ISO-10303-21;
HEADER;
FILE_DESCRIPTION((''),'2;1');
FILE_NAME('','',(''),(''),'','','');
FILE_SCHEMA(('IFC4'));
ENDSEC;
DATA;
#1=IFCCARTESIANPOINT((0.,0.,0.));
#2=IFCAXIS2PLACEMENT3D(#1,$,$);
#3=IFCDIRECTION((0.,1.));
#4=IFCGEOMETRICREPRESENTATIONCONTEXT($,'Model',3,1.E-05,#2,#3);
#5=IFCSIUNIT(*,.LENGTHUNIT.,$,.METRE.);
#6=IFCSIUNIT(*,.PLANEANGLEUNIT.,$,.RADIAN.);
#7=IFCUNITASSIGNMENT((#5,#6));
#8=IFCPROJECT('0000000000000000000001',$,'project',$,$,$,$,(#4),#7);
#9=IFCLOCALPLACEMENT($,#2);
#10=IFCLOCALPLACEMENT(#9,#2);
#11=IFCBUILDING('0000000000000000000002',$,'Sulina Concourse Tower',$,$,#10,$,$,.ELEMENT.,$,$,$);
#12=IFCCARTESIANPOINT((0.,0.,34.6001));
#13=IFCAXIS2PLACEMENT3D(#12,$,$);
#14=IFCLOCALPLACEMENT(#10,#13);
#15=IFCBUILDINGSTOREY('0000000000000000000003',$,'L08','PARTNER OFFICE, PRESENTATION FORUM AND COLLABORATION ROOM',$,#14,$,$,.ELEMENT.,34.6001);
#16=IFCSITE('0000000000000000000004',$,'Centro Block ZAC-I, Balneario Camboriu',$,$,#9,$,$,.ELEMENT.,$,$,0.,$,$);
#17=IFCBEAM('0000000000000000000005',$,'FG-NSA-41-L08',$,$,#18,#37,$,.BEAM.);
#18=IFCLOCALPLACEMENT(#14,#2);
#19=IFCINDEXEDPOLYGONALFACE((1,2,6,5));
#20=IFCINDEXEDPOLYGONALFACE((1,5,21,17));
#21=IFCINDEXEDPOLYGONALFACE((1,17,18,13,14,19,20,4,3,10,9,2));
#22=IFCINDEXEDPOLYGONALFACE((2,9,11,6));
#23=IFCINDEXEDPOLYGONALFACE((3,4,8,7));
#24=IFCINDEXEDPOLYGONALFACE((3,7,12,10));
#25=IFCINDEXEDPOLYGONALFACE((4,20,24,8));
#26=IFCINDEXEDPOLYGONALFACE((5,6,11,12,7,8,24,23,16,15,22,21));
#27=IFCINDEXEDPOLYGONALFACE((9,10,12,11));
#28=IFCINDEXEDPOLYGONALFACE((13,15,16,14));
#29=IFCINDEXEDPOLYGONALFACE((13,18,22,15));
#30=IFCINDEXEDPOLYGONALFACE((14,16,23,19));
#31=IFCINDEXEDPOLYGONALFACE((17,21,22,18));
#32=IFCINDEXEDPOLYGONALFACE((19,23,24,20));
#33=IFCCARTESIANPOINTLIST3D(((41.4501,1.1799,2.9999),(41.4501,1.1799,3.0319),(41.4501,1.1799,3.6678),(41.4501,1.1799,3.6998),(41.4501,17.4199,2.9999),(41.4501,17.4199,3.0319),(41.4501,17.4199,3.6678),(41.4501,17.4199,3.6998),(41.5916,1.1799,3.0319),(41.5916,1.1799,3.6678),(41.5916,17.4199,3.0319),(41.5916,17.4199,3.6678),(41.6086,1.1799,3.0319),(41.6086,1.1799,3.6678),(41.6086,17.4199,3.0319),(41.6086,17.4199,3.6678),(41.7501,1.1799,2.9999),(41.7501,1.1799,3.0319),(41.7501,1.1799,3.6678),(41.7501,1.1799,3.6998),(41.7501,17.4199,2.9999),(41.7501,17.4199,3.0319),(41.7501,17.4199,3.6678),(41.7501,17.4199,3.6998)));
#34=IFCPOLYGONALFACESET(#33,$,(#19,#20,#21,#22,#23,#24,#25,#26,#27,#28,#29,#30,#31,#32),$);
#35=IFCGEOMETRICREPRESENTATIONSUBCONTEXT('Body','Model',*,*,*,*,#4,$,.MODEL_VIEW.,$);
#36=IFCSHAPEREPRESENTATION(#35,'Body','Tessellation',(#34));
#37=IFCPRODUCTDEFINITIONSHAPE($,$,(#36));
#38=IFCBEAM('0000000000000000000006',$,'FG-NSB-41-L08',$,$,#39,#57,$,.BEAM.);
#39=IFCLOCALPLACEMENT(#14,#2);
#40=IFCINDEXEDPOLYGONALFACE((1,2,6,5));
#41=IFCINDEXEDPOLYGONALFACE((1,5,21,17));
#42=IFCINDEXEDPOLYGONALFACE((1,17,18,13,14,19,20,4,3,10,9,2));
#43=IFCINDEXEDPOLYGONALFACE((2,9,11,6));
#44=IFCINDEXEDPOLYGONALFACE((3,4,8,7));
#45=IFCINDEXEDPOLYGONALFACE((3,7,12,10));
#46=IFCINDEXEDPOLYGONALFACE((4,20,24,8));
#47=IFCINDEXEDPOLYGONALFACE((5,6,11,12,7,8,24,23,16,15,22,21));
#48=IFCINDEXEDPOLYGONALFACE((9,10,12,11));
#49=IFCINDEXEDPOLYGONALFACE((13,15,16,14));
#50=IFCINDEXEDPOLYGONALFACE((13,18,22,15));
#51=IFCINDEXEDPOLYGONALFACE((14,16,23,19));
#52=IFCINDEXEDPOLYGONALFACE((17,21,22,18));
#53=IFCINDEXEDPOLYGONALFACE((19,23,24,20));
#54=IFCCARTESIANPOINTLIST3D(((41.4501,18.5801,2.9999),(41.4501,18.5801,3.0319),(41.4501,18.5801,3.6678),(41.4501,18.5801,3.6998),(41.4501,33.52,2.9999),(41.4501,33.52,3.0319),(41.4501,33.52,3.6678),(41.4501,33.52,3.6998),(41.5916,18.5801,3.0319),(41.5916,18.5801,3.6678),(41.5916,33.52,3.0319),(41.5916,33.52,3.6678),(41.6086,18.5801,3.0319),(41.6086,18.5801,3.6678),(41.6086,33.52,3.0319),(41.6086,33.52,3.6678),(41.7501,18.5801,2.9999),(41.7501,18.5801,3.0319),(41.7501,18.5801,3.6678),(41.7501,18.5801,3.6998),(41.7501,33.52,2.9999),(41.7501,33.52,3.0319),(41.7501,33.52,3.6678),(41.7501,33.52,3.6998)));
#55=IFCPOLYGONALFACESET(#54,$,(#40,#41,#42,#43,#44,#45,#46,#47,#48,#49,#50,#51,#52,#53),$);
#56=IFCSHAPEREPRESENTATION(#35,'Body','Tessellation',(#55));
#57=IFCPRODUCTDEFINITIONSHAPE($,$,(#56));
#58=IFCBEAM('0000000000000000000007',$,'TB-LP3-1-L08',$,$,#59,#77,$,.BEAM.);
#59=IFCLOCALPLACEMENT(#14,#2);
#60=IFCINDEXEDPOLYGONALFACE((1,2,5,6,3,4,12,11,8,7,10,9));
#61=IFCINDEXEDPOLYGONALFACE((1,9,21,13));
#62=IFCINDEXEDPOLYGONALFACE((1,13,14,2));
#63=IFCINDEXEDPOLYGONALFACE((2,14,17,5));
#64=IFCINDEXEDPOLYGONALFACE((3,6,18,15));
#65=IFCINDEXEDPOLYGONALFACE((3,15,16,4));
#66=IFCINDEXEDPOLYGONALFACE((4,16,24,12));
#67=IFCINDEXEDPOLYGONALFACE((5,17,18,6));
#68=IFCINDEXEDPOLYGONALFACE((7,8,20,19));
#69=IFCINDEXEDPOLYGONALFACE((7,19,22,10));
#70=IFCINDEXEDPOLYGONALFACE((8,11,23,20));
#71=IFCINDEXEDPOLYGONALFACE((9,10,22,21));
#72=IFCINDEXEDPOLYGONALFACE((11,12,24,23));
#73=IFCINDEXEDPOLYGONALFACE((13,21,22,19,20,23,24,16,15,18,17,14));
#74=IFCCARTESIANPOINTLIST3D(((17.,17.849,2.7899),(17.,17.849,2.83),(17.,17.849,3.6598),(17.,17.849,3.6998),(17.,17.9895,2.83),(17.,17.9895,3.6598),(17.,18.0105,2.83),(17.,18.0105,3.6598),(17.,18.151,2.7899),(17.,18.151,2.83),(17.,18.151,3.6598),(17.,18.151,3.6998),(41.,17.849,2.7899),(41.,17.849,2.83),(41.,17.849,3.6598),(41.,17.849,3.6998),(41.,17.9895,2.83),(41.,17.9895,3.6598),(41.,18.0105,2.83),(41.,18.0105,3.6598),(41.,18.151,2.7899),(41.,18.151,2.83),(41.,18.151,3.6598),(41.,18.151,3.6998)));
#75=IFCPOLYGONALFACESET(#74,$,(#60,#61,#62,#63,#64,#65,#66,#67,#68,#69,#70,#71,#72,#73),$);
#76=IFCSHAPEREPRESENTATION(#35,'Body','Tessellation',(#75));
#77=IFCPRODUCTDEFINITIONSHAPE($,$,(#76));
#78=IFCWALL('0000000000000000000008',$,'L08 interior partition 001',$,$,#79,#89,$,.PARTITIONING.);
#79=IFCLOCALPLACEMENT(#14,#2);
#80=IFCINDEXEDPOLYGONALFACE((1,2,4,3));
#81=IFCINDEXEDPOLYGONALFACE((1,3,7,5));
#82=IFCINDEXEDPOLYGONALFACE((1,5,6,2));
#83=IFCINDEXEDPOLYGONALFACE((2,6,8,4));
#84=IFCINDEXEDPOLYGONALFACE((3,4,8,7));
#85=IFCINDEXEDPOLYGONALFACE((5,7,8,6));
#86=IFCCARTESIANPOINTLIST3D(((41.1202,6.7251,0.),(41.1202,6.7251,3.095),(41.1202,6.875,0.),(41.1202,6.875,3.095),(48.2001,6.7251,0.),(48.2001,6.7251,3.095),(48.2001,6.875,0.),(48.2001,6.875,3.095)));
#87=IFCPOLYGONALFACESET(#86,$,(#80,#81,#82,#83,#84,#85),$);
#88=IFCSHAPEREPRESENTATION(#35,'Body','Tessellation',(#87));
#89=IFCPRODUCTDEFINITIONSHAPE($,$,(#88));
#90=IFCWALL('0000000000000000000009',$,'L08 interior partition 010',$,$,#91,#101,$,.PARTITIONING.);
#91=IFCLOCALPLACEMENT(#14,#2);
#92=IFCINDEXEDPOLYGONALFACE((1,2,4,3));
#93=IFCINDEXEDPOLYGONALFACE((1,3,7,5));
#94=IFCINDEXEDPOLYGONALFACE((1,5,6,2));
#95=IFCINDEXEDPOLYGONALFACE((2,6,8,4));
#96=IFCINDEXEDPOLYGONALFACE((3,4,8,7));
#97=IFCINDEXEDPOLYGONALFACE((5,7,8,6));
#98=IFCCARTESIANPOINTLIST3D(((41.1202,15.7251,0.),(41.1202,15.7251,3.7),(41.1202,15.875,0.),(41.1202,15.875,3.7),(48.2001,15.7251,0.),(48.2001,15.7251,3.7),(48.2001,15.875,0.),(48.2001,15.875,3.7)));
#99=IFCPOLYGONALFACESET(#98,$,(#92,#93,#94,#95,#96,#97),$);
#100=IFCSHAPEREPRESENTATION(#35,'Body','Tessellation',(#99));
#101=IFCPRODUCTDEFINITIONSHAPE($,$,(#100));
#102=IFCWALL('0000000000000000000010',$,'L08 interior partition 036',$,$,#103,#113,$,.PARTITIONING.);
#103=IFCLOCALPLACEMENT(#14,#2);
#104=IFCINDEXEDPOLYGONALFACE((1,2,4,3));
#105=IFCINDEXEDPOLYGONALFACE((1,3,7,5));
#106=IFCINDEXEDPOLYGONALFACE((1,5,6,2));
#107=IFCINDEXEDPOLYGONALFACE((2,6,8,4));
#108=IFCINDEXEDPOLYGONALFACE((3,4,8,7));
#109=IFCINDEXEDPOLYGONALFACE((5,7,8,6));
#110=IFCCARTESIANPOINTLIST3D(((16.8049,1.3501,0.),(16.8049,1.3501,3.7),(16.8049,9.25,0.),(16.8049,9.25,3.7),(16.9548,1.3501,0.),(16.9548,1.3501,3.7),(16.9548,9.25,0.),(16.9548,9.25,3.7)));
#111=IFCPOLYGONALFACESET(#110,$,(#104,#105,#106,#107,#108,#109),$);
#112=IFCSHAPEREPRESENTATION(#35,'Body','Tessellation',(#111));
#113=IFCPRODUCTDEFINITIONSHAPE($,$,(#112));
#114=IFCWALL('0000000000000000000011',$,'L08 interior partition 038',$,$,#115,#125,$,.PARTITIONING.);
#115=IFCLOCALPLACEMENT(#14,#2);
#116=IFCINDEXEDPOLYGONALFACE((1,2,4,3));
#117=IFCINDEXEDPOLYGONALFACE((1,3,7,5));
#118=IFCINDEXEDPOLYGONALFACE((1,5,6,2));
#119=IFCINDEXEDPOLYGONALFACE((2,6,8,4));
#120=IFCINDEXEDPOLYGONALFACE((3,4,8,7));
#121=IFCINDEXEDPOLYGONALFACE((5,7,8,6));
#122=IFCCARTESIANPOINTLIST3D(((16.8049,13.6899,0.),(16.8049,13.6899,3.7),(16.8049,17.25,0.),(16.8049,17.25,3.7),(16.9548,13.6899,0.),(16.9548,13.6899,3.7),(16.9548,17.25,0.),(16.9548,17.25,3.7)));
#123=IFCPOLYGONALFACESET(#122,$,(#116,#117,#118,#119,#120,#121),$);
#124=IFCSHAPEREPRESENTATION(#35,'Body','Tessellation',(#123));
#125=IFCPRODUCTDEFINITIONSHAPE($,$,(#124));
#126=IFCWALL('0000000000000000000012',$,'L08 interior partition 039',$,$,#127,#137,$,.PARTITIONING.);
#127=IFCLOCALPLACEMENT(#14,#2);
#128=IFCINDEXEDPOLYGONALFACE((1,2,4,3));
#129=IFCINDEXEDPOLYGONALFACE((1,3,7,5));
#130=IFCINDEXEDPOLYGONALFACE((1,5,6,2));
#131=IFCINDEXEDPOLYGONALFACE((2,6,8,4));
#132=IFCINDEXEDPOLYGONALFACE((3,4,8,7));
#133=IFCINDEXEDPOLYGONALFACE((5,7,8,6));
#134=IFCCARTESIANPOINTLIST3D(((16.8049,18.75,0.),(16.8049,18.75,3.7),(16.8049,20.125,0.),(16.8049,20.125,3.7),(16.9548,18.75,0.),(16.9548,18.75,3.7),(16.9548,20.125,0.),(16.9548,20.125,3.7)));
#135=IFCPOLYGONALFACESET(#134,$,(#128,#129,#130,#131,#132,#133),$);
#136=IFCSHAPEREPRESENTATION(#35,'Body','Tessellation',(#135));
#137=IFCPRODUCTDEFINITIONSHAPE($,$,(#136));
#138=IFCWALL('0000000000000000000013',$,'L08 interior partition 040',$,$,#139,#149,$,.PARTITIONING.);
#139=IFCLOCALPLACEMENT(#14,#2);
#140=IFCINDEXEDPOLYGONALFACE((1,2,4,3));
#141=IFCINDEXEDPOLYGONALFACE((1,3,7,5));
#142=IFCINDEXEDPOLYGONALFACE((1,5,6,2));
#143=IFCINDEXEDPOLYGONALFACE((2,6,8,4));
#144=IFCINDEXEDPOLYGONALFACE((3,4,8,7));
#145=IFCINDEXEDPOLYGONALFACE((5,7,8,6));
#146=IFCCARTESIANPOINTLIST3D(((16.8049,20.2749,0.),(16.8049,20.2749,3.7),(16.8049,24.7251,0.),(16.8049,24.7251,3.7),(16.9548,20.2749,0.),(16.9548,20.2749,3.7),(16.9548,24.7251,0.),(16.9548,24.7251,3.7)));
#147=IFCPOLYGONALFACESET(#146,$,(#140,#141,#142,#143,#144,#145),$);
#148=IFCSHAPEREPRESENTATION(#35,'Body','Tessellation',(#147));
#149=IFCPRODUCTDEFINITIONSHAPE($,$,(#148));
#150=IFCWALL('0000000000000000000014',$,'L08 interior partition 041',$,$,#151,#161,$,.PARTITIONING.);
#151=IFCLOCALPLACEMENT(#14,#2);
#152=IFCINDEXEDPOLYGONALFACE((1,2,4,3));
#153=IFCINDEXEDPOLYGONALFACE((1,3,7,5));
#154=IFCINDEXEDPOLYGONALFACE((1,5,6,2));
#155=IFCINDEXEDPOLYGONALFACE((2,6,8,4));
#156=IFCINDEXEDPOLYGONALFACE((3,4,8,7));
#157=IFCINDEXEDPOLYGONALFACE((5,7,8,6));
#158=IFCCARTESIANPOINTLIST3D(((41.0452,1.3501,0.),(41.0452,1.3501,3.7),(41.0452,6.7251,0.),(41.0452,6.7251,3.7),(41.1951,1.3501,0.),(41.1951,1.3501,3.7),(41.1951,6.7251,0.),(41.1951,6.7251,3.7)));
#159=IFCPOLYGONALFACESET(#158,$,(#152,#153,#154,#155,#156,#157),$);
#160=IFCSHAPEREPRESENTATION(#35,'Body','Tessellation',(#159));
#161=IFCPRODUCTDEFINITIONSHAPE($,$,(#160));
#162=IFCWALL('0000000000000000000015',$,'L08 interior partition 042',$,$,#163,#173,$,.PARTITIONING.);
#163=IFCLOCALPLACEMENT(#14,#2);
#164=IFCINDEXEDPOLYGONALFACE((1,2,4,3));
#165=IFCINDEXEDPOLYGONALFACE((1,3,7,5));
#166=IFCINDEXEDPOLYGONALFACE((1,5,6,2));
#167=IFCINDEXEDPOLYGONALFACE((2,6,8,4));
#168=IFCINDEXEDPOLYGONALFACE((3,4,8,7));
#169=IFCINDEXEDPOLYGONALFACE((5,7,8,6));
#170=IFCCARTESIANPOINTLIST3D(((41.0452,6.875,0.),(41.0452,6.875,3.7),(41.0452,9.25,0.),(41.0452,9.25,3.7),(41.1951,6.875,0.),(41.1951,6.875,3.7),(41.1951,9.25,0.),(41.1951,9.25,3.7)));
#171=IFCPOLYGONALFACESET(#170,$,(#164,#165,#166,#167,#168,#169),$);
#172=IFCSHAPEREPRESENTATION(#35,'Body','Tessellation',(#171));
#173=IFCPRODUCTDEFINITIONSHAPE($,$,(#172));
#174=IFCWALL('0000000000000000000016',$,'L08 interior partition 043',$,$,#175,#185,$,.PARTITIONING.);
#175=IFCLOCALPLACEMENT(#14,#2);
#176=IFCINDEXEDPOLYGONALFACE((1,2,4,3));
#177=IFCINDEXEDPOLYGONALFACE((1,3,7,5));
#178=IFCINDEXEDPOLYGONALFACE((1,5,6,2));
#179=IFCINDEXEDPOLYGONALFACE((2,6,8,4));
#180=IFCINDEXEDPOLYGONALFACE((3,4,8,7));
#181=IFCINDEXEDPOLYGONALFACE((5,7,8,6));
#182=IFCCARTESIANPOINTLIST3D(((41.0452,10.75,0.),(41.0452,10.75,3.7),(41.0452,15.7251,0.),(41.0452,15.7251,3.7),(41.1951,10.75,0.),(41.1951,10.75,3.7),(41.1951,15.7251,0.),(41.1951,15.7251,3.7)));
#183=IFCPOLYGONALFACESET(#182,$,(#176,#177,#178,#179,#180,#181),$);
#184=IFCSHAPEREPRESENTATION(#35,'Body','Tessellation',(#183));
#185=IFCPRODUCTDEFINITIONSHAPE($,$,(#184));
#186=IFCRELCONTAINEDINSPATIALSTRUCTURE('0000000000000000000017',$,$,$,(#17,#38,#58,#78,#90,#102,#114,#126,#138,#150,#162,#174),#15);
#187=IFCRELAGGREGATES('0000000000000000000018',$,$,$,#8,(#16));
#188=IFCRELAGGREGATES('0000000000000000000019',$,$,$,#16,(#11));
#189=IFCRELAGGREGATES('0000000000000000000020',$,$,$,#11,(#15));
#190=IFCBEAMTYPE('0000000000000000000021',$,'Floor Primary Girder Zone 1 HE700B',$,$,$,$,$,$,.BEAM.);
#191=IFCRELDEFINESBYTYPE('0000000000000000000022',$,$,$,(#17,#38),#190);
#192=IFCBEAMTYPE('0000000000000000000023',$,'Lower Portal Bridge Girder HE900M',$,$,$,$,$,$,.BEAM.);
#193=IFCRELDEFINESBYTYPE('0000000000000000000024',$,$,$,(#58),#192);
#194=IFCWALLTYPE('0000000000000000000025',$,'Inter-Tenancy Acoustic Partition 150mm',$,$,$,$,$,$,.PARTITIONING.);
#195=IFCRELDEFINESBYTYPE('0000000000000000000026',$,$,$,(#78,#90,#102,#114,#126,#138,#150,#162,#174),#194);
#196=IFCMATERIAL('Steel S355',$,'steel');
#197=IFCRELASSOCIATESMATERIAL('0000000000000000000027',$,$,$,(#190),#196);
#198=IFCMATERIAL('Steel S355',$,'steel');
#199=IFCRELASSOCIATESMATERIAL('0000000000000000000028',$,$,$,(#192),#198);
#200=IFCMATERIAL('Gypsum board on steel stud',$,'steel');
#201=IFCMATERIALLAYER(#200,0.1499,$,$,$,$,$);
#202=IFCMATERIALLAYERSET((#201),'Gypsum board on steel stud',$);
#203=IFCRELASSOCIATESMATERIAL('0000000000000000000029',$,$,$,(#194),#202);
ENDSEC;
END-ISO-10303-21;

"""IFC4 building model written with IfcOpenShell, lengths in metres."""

from ifc_helpers import new_model, si_unit, direction, frame, frame_2d, origin, origin_2d, place, context, subcontext, project, spatial, rectangle, i_section, extrude, material, layer, layer_set, material_profile, profile_set, type_object, element, save


model = new_model("IFC4")

# Units and contexts
model_context = context("Model", 3, precision=1e-05, world=origin(), true_north=direction((0.0, 1.0)))
body_context = subcontext(model_context, "Body", "Model", "MODEL_VIEW")
ifc_project = project(units=[si_unit("LENGTHUNIT", "METRE"), si_unit("PLANEANGLEUNIT", "RADIAN")], contexts=[model_context])

# Site, building, storey
site_placement = place(None, origin())
site = spatial("IfcSite", under=ifc_project, at=site_placement, Name="Centro Block ZAC-I, Balneario Camboriu", CompositionType="ELEMENT", RefElevation=0.0)
building_placement = place(site_placement, origin())
building = spatial("IfcBuilding", under=site, at=building_placement, Name="Sulina Concourse Tower", CompositionType="ELEMENT")
storey_placement = place(building_placement, frame((0.0, 0.0, 34.6001)))
storey = spatial("IfcBuildingStorey", under=building, at=storey_placement, Name="L08", Description="PARTNER OFFICE, PRESENTATION FORUM AND COLLABORATION ROOM", CompositionType="ELEMENT", Elevation=34.6001)

# Beams
ifc_material_1 = material(Name="Steel S355", Category="steel")
ifc_material_profile_1 = material_profile(ifc_material_1, i_section(OverallWidth=0.3, OverallDepth=0.7, WebThickness=0.0171, FlangeThickness=0.032, at=origin_2d()), Name="HE 700 B")
ifc_profile_set_1 = profile_set([ifc_material_profile_1], Name="Steel S355")
beam_type_1 = type_object("IfcBeamType", Name="Floor Primary Girder Zone 1 HE700B", PredefinedType="BEAM", material=ifc_profile_set_1)
beam_1_placement = place(storey_placement, frame((41.6001, 1.1799, 3.3499), z_axis=(0.0, 1.0, 0.0), x_axis=(-1.0, 0.0, 0.0)))
element("IfcBeam", 1, at=beam_1_placement, inside=storey, type_object=beam_type_1, Name="FG-NSA-41-L08", PredefinedType="BEAM", context=body_context, shape_type="SweptSolid", body=[
    extrude(i_section(OverallWidth=0.3, OverallDepth=0.7, WebThickness=0.0171, FlangeThickness=0.032, at=origin_2d()), origin(), (0.0, 0.0, 1.0), 16.24),
])
beam_2_placement = place(storey_placement, frame((41.6001, 18.5801, 3.3499), z_axis=(0.0, 1.0, 0.0), x_axis=(-1.0, 0.0, 0.0)))
element("IfcBeam", 2, at=beam_2_placement, inside=storey, type_object=beam_type_1, Name="FG-NSB-41-L08", PredefinedType="BEAM", context=body_context, shape_type="SweptSolid", body=[
    extrude(i_section(OverallWidth=0.3, OverallDepth=0.7, WebThickness=0.0171, FlangeThickness=0.032, at=origin_2d()), origin(), (0.0, 0.0, 1.0), 14.9399),
])
ifc_material_2 = material(Name="Steel S355", Category="steel")
ifc_material_profile_2 = material_profile(ifc_material_2, i_section(OverallWidth=0.302, OverallDepth=0.9099, WebThickness=0.021, FlangeThickness=0.04, at=origin_2d()), Name="HE 900 M")
ifc_profile_set_2 = profile_set([ifc_material_profile_2], Name="Steel S355")
beam_type_2 = type_object("IfcBeamType", Name="Lower Portal Bridge Girder HE900M", PredefinedType="BEAM", material=ifc_profile_set_2)
beam_3_placement = place(storey_placement, frame((17.0, 18.0, 3.2449), z_axis=(1.0, 0.0, 0.0), x_axis=(0.0, 1.0, 0.0)))
element("IfcBeam", 3, at=beam_3_placement, inside=storey, type_object=beam_type_2, Name="TB-LP3-1-L08", PredefinedType="BEAM", context=body_context, shape_type="SweptSolid", body=[
    extrude(i_section(OverallWidth=0.302, OverallDepth=0.9099, WebThickness=0.021, FlangeThickness=0.04, at=origin_2d()), origin(), (0.0, 0.0, 1.0), 24.0),
])

# Walls
ifc_material_3 = material(Name="Gypsum board on steel stud", Category="steel")
ifc_layer_1 = layer(ifc_material_3, 0.1499)
ifc_layer_set_1 = layer_set([ifc_layer_1], Name="Gypsum board on steel stud")
wall_type_1 = type_object("IfcWallType", Name="Inter-Tenancy Acoustic Partition 150mm", PredefinedType="PARTITIONING", material=ifc_layer_set_1)
wall_1_placement = place(storey_placement, frame((41.1201, 6.8, 0.0), z_axis=(0.0, 0.0, 1.0), x_axis=(1.0, 0.0, 0.0)))
element("IfcWall", 4, at=wall_1_placement, inside=storey, type_object=wall_type_1, Name="L08 interior partition 001", PredefinedType="PARTITIONING", context=body_context, shape_type="SweptSolid", body=[
    extrude(rectangle(XDim=7.0798, YDim=0.1499, at=frame_2d((3.54, 0.0))), origin(), (0.0, 0.0, 1.0), 3.095),
])
wall_2_placement = place(storey_placement, frame((41.1201, 15.8, 0.0), z_axis=(0.0, 0.0, 1.0), x_axis=(1.0, 0.0, 0.0)))
element("IfcWall", 5, at=wall_2_placement, inside=storey, type_object=wall_type_1, Name="L08 interior partition 010", PredefinedType="PARTITIONING", context=body_context, shape_type="SweptSolid", body=[
    extrude(rectangle(XDim=7.0798, YDim=0.1499, at=frame_2d((3.54, 0.0))), origin(), (0.0, 0.0, 1.0), 3.7),
])
wall_3_placement = place(storey_placement, frame((16.8799, 1.3501, 0.0), z_axis=(0.0, 0.0, 1.0), x_axis=(0.0, 1.0, 0.0)))
element("IfcWall", 6, at=wall_3_placement, inside=storey, type_object=wall_type_1, Name="L08 interior partition 036", PredefinedType="PARTITIONING", context=body_context, shape_type="SweptSolid", body=[
    extrude(rectangle(XDim=7.8999, YDim=0.1499, at=frame_2d((3.95, 0.0))), origin(), (0.0, 0.0, 1.0), 3.7),
])
wall_4_placement = place(storey_placement, frame((16.8799, 13.6899, 0.0), z_axis=(0.0, 0.0, 1.0), x_axis=(0.0, 1.0, 0.0)))
element("IfcWall", 7, at=wall_4_placement, inside=storey, type_object=wall_type_1, Name="L08 interior partition 038", PredefinedType="PARTITIONING", context=body_context, shape_type="SweptSolid", body=[
    extrude(rectangle(XDim=3.5601, YDim=0.1499, at=frame_2d((1.78, 0.0))), origin(), (0.0, 0.0, 1.0), 3.7),
])
wall_5_placement = place(storey_placement, frame((16.8799, 18.75, 0.0), z_axis=(0.0, 0.0, 1.0), x_axis=(0.0, 1.0, 0.0)))
element("IfcWall", 8, at=wall_5_placement, inside=storey, type_object=wall_type_1, Name="L08 interior partition 039", PredefinedType="PARTITIONING", context=body_context, shape_type="SweptSolid", body=[
    extrude(rectangle(XDim=1.375, YDim=0.1499, at=frame_2d((0.6875, 0.0))), origin(), (0.0, 0.0, 1.0), 3.7),
])
wall_6_placement = place(storey_placement, frame((16.8799, 20.2749, 0.0), z_axis=(0.0, 0.0, 1.0), x_axis=(0.0, 1.0, 0.0)))
element("IfcWall", 9, at=wall_6_placement, inside=storey, type_object=wall_type_1, Name="L08 interior partition 040", PredefinedType="PARTITIONING", context=body_context, shape_type="SweptSolid", body=[
    extrude(rectangle(XDim=4.4502, YDim=0.1499, at=frame_2d((2.2251, 0.0))), origin(), (0.0, 0.0, 1.0), 3.7),
])
wall_7_placement = place(storey_placement, frame((41.1201, 1.3501, 0.0), z_axis=(0.0, 0.0, 1.0), x_axis=(0.0, 1.0, 0.0)))
element("IfcWall", 10, at=wall_7_placement, inside=storey, type_object=wall_type_1, Name="L08 interior partition 041", PredefinedType="PARTITIONING", context=body_context, shape_type="SweptSolid", body=[
    extrude(rectangle(XDim=5.375, YDim=0.1499, at=frame_2d((2.6875, 0.0))), origin(), (0.0, 0.0, 1.0), 3.7),
])
wall_8_placement = place(storey_placement, frame((41.1201, 6.875, 0.0), z_axis=(0.0, 0.0, 1.0), x_axis=(0.0, 1.0, 0.0)))
element("IfcWall", 11, at=wall_8_placement, inside=storey, type_object=wall_type_1, Name="L08 interior partition 042", PredefinedType="PARTITIONING", context=body_context, shape_type="SweptSolid", body=[
    extrude(rectangle(XDim=2.375, YDim=0.1499, at=frame_2d((1.1875, 0.0))), origin(), (0.0, 0.0, 1.0), 3.7),
])
wall_9_placement = place(storey_placement, frame((41.1201, 10.75, 0.0), z_axis=(0.0, 0.0, 1.0), x_axis=(0.0, 1.0, 0.0)))
element("IfcWall", 12, at=wall_9_placement, inside=storey, type_object=wall_type_1, Name="L08 interior partition 043", PredefinedType="PARTITIONING", context=body_context, shape_type="SweptSolid", body=[
    extrude(rectangle(XDim=4.9751, YDim=0.1499, at=frame_2d((2.4875, 0.0))), origin(), (0.0, 0.0, 1.0), 3.7),
])

save(model, "model.ifc")
